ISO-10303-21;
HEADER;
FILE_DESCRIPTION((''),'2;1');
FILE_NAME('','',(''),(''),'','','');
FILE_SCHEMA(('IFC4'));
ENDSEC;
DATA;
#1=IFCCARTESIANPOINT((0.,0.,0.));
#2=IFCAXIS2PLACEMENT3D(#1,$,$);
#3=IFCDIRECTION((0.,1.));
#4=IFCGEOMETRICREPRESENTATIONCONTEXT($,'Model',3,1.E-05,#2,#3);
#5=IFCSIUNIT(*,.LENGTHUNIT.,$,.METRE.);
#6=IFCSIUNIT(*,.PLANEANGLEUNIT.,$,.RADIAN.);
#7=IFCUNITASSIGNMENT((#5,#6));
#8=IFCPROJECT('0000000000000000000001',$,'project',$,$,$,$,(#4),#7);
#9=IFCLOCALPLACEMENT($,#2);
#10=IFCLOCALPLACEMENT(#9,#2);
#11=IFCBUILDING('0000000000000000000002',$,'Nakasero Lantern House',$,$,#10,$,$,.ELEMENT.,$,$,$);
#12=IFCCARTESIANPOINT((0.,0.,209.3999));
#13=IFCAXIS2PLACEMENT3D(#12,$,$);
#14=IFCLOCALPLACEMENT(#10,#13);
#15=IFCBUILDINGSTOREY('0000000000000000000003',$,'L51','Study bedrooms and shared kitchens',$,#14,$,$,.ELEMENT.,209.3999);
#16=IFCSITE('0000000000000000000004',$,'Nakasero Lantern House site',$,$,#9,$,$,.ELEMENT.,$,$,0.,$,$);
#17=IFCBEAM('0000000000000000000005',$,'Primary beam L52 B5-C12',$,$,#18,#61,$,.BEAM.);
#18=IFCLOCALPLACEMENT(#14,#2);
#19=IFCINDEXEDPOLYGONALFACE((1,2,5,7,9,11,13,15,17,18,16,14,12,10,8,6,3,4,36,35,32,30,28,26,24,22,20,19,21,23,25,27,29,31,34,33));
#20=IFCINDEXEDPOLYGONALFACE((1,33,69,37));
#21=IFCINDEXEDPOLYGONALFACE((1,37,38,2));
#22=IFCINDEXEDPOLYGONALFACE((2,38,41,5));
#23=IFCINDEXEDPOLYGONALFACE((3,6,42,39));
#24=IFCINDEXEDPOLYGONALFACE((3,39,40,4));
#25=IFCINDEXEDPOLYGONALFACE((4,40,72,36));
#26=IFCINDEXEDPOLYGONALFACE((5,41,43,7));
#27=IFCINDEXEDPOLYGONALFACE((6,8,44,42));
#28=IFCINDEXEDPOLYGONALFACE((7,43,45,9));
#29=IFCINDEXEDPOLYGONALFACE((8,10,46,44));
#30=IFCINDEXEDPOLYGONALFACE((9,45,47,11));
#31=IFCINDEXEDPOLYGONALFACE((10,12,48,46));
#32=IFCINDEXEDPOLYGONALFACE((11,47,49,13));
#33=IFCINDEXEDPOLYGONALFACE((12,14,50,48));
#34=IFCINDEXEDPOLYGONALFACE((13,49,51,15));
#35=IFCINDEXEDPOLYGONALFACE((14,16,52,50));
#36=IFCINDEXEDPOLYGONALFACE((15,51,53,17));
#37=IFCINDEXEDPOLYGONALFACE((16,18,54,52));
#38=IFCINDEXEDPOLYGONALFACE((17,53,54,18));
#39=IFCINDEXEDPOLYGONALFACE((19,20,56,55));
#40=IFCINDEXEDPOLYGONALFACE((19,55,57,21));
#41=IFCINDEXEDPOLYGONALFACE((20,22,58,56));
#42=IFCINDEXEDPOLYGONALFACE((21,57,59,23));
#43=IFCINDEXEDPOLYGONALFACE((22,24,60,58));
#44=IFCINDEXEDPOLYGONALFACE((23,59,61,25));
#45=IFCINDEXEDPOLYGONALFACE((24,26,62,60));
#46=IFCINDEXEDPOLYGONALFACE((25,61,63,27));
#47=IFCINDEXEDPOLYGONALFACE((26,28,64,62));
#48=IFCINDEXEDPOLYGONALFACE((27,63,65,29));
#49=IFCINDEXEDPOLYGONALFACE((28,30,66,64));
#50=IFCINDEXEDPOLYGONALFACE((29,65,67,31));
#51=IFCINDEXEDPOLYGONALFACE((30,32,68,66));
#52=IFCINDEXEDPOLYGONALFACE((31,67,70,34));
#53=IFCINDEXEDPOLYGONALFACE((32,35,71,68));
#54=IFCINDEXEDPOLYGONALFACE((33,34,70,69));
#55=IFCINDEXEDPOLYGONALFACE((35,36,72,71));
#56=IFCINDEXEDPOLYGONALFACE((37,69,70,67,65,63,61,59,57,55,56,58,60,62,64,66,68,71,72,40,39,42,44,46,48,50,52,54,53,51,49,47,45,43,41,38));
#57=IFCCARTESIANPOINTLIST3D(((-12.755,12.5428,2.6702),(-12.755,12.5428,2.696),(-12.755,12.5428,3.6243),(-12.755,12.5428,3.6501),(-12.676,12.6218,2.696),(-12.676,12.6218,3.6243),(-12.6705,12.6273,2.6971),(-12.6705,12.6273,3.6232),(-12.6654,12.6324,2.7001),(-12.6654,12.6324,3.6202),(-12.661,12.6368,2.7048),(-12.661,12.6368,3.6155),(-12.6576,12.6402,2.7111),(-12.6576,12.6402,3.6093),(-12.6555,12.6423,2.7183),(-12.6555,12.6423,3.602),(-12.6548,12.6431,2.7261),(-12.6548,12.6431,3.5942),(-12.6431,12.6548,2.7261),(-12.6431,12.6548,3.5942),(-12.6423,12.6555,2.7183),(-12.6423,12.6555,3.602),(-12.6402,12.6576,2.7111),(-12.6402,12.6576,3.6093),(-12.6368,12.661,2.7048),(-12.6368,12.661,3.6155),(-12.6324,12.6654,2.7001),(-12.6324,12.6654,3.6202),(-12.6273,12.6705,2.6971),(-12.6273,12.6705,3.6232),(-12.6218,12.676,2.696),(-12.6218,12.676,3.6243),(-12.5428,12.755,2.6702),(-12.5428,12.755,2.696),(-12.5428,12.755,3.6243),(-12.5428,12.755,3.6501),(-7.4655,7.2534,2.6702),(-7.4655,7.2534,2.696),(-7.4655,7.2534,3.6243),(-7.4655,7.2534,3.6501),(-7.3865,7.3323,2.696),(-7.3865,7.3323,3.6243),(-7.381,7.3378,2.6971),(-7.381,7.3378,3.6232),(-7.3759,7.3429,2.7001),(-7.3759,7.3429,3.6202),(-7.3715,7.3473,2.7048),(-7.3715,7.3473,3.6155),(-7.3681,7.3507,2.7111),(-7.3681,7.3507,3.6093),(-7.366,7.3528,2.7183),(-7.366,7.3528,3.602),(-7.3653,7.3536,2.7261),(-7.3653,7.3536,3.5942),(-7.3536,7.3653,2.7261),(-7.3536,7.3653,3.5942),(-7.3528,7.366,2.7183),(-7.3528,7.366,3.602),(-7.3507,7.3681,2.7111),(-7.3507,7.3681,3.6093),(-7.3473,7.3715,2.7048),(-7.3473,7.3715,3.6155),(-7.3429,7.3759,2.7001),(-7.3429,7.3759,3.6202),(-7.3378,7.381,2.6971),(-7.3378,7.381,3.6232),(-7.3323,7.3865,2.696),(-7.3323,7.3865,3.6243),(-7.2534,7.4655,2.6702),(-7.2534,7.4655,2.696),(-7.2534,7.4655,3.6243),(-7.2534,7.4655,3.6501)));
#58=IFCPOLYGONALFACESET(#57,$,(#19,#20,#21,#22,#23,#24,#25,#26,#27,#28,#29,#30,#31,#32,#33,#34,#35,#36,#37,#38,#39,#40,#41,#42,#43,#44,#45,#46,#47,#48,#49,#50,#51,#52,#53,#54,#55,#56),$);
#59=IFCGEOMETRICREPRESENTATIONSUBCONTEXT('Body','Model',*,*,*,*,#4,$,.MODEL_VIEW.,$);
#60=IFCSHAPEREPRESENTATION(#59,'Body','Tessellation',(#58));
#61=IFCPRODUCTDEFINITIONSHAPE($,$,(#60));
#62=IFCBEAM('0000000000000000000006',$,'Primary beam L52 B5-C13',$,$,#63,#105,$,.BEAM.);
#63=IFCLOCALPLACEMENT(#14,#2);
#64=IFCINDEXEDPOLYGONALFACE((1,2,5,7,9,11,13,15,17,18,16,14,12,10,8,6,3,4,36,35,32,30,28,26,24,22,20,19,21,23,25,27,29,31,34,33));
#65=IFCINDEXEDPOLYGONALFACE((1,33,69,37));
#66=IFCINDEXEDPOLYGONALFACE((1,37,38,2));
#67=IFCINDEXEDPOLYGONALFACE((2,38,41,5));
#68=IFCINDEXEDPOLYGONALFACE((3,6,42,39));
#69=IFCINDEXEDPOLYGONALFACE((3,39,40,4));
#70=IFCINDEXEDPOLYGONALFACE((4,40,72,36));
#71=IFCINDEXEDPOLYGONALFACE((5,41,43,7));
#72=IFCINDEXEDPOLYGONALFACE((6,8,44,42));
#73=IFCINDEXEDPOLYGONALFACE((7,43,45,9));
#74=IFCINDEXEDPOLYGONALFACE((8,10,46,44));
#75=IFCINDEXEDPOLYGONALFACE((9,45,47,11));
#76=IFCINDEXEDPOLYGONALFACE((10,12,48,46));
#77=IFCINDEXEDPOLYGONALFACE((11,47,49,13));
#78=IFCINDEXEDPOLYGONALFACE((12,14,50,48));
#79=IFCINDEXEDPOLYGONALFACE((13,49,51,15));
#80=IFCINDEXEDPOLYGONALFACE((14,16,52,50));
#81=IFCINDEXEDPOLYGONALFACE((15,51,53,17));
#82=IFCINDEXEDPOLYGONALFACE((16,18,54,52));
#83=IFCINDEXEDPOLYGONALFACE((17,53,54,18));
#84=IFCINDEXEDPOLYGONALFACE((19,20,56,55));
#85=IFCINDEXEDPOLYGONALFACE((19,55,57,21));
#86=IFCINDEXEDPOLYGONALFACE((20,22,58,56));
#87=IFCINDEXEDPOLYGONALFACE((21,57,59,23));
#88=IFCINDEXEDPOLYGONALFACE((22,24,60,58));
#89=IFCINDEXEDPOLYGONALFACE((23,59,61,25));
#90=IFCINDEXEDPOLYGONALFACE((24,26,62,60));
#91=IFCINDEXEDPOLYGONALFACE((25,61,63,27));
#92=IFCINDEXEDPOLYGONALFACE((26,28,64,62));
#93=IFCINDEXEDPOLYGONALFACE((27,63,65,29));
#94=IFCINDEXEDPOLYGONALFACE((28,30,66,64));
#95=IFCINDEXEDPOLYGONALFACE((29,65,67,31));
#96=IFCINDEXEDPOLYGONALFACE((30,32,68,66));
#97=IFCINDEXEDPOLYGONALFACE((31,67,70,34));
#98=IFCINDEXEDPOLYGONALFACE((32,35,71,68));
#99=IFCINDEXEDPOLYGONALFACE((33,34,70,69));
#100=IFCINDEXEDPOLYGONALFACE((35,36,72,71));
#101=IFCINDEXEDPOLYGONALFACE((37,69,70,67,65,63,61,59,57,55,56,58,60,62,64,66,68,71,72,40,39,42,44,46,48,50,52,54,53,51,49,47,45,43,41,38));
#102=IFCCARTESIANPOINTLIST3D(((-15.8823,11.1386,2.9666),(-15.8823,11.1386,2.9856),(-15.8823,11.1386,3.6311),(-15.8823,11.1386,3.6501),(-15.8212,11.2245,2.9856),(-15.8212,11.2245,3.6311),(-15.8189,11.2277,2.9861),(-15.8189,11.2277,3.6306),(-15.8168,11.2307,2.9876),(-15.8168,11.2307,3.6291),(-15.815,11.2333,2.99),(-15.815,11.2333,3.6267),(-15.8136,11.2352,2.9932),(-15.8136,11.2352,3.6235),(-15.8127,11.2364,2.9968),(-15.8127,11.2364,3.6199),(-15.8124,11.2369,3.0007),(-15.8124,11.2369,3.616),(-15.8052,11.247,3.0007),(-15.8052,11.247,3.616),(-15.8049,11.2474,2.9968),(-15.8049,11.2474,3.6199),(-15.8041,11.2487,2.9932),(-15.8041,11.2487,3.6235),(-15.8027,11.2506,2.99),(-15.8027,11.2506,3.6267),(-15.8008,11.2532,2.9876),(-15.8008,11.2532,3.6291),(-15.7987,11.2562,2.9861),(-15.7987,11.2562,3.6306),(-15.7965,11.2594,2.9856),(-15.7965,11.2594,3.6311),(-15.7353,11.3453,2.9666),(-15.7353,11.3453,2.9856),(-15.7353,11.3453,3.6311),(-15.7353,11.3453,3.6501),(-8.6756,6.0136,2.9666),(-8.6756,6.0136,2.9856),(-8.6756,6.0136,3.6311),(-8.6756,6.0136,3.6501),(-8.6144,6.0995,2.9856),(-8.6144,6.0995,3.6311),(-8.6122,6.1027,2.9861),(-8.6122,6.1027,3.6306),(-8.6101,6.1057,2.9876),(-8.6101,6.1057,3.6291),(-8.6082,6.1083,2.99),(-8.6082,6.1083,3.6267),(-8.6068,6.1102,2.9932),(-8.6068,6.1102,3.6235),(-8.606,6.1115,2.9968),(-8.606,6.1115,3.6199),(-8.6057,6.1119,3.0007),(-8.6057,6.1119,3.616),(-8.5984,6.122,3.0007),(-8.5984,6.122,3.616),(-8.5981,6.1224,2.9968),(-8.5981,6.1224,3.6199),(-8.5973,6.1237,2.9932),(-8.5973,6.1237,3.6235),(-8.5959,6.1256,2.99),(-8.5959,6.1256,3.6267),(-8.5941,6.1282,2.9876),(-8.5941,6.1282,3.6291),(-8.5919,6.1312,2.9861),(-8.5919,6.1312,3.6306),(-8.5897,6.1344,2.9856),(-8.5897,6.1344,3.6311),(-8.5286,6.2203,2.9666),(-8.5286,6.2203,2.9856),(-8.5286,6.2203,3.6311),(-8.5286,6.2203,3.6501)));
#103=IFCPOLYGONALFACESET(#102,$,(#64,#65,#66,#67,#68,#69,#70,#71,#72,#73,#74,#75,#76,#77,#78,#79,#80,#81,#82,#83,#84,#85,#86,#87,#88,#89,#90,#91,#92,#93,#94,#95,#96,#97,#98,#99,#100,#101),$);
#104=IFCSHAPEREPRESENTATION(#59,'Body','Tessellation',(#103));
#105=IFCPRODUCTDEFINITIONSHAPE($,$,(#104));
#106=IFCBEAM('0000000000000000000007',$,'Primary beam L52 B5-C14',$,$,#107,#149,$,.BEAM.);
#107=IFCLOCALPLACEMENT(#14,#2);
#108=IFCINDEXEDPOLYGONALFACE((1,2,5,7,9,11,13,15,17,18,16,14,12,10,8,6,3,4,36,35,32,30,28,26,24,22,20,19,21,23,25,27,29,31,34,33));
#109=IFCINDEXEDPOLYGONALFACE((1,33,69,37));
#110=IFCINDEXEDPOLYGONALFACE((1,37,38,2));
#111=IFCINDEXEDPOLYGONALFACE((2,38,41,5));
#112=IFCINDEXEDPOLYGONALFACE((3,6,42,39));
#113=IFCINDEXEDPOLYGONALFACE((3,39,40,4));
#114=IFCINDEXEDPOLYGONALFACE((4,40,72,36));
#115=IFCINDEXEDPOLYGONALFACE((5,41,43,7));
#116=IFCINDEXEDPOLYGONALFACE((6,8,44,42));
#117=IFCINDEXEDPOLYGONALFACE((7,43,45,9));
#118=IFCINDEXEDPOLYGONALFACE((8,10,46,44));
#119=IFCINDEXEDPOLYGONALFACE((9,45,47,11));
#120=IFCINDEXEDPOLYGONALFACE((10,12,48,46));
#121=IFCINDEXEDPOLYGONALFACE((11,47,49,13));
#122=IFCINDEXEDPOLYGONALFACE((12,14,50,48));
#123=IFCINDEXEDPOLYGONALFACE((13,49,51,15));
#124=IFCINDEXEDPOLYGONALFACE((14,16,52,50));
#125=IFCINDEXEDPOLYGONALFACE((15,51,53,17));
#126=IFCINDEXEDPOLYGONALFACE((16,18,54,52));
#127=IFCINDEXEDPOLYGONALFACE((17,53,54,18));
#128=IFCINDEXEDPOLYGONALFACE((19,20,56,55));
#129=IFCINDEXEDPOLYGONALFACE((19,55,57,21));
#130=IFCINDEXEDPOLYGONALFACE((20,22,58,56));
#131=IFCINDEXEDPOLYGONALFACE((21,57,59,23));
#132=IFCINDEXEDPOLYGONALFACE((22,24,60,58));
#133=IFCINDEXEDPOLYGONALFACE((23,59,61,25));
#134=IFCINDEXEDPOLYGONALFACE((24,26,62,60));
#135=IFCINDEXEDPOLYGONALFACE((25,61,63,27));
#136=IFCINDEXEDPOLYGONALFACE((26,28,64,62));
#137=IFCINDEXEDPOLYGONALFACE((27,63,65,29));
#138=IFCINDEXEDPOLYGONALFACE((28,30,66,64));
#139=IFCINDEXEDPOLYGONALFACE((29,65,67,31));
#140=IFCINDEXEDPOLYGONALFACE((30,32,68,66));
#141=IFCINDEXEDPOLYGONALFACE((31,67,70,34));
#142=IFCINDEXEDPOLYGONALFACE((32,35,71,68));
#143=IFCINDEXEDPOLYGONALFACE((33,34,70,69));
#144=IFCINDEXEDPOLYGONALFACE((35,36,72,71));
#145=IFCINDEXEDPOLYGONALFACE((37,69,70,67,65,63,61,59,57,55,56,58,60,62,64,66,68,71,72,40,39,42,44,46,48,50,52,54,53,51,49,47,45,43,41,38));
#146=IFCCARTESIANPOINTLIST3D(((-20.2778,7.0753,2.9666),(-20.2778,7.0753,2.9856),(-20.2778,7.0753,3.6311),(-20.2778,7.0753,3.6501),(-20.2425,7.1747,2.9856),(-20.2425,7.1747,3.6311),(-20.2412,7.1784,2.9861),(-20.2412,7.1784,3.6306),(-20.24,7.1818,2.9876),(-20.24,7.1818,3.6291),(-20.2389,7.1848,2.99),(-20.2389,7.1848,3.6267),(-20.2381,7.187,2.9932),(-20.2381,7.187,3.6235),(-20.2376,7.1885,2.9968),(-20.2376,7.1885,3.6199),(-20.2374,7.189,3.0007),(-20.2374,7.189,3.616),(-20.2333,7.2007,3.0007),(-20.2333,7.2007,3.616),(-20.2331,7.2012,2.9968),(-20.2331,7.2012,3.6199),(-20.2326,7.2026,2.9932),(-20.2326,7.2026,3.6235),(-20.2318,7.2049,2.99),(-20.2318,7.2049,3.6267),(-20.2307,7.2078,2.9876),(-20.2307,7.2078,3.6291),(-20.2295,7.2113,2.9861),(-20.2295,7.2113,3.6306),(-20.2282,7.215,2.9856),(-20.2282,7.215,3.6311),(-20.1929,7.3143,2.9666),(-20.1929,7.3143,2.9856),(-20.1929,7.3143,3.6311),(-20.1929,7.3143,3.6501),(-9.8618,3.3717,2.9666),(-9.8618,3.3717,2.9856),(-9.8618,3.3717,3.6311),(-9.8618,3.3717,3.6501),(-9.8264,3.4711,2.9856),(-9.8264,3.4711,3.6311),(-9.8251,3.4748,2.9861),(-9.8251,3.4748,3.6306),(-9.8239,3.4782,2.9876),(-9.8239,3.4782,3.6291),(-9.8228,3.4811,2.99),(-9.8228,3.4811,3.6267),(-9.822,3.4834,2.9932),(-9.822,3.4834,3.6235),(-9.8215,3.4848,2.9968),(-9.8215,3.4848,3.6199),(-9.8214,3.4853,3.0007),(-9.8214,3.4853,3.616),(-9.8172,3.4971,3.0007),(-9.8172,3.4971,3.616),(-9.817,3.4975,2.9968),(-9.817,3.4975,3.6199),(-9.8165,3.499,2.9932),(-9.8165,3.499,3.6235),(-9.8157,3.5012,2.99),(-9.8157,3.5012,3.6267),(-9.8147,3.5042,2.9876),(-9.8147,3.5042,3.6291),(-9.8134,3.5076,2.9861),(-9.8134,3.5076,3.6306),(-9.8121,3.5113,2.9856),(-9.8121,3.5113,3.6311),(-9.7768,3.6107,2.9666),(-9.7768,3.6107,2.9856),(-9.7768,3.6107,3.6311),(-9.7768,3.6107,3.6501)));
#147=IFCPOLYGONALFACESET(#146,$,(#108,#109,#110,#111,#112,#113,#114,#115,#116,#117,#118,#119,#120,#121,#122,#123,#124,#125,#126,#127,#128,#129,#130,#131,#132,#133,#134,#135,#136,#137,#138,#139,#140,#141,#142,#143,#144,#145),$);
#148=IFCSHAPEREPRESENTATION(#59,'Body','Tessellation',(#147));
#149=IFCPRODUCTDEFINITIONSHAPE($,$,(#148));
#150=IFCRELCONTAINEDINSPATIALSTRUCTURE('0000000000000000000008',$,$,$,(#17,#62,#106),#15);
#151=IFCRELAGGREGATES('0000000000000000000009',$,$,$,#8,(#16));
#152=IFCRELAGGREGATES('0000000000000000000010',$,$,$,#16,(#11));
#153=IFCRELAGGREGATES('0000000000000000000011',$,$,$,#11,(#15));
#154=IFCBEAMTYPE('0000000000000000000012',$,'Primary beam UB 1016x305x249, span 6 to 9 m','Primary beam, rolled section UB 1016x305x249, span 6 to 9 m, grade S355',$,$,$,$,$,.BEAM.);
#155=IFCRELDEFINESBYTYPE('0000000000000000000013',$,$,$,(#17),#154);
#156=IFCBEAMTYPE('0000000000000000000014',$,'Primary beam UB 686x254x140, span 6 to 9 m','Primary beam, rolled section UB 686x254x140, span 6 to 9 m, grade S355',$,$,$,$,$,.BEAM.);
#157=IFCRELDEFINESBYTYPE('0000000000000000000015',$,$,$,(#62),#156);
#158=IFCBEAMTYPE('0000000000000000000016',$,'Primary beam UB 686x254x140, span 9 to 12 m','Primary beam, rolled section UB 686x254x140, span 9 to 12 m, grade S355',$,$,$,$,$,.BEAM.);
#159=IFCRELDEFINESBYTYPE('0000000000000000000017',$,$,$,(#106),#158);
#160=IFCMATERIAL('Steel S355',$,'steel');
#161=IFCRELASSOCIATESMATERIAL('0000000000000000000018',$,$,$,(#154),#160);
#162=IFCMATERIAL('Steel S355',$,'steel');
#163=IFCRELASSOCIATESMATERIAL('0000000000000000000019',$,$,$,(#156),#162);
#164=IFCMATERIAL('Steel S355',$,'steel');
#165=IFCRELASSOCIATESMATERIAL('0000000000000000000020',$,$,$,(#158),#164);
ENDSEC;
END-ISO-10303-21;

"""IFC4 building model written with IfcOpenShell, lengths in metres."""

from ifc_helpers import new_model, si_unit, direction, frame, origin, origin_2d, place, context, subcontext, project, spatial, i_section, extrude, material, material_profile, profile_set, type_object, element, save


model = new_model("IFC4")

# Units and contexts
model_context = context("Model", 3, precision=1e-05, world=origin(), true_north=direction((0.0, 1.0)))
body_context = subcontext(model_context, "Body", "Model", "MODEL_VIEW")
ifc_project = project(units=[si_unit("LENGTHUNIT", "METRE"), si_unit("PLANEANGLEUNIT", "RADIAN")], contexts=[model_context])

# Site, building, storey
site_placement = place(None, origin())
site = spatial("IfcSite", under=ifc_project, at=site_placement, Name="Nakasero Lantern House site", CompositionType="ELEMENT", RefElevation=0.0)
building_placement = place(site_placement, origin())
building = spatial("IfcBuilding", under=site, at=building_placement, Name="Nakasero Lantern House", CompositionType="ELEMENT")
storey_placement = place(building_placement, frame((0.0, 0.0, 209.3999)))
storey = spatial("IfcBuildingStorey", under=building, at=storey_placement, Name="L51", Description="Study bedrooms and shared kitchens", CompositionType="ELEMENT", Elevation=209.3999)

# Beams
ifc_material_1 = material(Name="Steel S355", Category="steel")
ifc_material_profile_1 = material_profile(ifc_material_1, i_section(OverallWidth=0.3, OverallDepth=0.98, WebThickness=0.0166, FlangeThickness=0.0259, FilletRadius=0.03, at=origin_2d()), Name="UB 1016x305x249")
ifc_profile_set_1 = profile_set([ifc_material_profile_1], Name="Steel S355")
beam_type_1 = type_object("IfcBeamType", Name="Primary beam UB 1016x305x249, span 6 to 9 m", Description="Primary beam, rolled section UB 1016x305x249, span 6 to 9 m, grade S355", PredefinedType="BEAM", material=ifc_profile_set_1)
beam_1_placement = place(storey_placement, frame((-12.6489, 12.6489, 3.1602), z_axis=(0.707107, -0.707107, 0.0), x_axis=(0.707107, 0.707107, 0.0)))
element("IfcBeam", 1, at=beam_1_placement, inside=storey, type_object=beam_type_1, Name="Primary beam L52 B5-C12", PredefinedType="BEAM", context=body_context, shape_type="SweptSolid", body=[
    extrude(i_section(OverallWidth=0.3, OverallDepth=0.98, WebThickness=0.0166, FlangeThickness=0.0259, FilletRadius=0.03, at=origin_2d()), origin(), (0.0, 0.0, 1.0), 7.4805),
])
ifc_material_2 = material(Name="Steel S355", Category="steel")
ifc_material_profile_2 = material_profile(ifc_material_2, i_section(OverallWidth=0.2537, OverallDepth=0.6836, WebThickness=0.0125, FlangeThickness=0.019, FilletRadius=0.0151, at=origin_2d()), Name="UB 686x254x140")
ifc_profile_set_2 = profile_set([ifc_material_profile_2], Name="Steel S355")
beam_type_2 = type_object("IfcBeamType", Name="Primary beam UB 686x254x140, span 6 to 9 m", Description="Primary beam, rolled section UB 686x254x140, span 6 to 9 m, grade S355", PredefinedType="BEAM", material=ifc_profile_set_2)
beam_2_placement = place(storey_placement, frame((-15.8088, 11.2419, 3.3083), z_axis=(0.814946, -0.579537, 0.0), x_axis=(0.579537, 0.814946, 0.0)))
element("IfcBeam", 2, at=beam_2_placement, inside=storey, type_object=beam_type_2, Name="Primary beam L52 B5-C13", PredefinedType="BEAM", context=body_context, shape_type="SweptSolid", body=[
    extrude(i_section(OverallWidth=0.2537, OverallDepth=0.6836, WebThickness=0.0125, FlangeThickness=0.019, FilletRadius=0.0151, at=origin_2d()), origin(), (0.0, 0.0, 1.0), 8.8433),
])
ifc_material_3 = material(Name="Steel S355", Category="steel")
ifc_material_profile_3 = material_profile(ifc_material_3, i_section(OverallWidth=0.2537, OverallDepth=0.6836, WebThickness=0.0125, FlangeThickness=0.019, FilletRadius=0.0151, at=origin_2d()), Name="UB 686x254x140")
ifc_profile_set_3 = profile_set([ifc_material_profile_3], Name="Steel S355")
beam_type_3 = type_object("IfcBeamType", Name="Primary beam UB 686x254x140, span 9 to 12 m", Description="Primary beam, rolled section UB 686x254x140, span 9 to 12 m, grade S355", PredefinedType="BEAM", material=ifc_profile_set_3)
beam_3_placement = place(storey_placement, frame((-20.2354, 7.1948, 3.3083), z_axis=(0.942211, -0.335021, 0.0), x_axis=(0.335021, 0.942211, 0.0)))
element("IfcBeam", 3, at=beam_3_placement, inside=storey, type_object=beam_type_3, Name="Primary beam L52 B5-C14", PredefinedType="BEAM", context=body_context, shape_type="SweptSolid", body=[
    extrude(i_section(OverallWidth=0.2537, OverallDepth=0.6836, WebThickness=0.0125, FlangeThickness=0.019, FilletRadius=0.0151, at=origin_2d()), origin(), (0.0, 0.0, 1.0), 11.0549),
])

save(model, "model.ifc")
